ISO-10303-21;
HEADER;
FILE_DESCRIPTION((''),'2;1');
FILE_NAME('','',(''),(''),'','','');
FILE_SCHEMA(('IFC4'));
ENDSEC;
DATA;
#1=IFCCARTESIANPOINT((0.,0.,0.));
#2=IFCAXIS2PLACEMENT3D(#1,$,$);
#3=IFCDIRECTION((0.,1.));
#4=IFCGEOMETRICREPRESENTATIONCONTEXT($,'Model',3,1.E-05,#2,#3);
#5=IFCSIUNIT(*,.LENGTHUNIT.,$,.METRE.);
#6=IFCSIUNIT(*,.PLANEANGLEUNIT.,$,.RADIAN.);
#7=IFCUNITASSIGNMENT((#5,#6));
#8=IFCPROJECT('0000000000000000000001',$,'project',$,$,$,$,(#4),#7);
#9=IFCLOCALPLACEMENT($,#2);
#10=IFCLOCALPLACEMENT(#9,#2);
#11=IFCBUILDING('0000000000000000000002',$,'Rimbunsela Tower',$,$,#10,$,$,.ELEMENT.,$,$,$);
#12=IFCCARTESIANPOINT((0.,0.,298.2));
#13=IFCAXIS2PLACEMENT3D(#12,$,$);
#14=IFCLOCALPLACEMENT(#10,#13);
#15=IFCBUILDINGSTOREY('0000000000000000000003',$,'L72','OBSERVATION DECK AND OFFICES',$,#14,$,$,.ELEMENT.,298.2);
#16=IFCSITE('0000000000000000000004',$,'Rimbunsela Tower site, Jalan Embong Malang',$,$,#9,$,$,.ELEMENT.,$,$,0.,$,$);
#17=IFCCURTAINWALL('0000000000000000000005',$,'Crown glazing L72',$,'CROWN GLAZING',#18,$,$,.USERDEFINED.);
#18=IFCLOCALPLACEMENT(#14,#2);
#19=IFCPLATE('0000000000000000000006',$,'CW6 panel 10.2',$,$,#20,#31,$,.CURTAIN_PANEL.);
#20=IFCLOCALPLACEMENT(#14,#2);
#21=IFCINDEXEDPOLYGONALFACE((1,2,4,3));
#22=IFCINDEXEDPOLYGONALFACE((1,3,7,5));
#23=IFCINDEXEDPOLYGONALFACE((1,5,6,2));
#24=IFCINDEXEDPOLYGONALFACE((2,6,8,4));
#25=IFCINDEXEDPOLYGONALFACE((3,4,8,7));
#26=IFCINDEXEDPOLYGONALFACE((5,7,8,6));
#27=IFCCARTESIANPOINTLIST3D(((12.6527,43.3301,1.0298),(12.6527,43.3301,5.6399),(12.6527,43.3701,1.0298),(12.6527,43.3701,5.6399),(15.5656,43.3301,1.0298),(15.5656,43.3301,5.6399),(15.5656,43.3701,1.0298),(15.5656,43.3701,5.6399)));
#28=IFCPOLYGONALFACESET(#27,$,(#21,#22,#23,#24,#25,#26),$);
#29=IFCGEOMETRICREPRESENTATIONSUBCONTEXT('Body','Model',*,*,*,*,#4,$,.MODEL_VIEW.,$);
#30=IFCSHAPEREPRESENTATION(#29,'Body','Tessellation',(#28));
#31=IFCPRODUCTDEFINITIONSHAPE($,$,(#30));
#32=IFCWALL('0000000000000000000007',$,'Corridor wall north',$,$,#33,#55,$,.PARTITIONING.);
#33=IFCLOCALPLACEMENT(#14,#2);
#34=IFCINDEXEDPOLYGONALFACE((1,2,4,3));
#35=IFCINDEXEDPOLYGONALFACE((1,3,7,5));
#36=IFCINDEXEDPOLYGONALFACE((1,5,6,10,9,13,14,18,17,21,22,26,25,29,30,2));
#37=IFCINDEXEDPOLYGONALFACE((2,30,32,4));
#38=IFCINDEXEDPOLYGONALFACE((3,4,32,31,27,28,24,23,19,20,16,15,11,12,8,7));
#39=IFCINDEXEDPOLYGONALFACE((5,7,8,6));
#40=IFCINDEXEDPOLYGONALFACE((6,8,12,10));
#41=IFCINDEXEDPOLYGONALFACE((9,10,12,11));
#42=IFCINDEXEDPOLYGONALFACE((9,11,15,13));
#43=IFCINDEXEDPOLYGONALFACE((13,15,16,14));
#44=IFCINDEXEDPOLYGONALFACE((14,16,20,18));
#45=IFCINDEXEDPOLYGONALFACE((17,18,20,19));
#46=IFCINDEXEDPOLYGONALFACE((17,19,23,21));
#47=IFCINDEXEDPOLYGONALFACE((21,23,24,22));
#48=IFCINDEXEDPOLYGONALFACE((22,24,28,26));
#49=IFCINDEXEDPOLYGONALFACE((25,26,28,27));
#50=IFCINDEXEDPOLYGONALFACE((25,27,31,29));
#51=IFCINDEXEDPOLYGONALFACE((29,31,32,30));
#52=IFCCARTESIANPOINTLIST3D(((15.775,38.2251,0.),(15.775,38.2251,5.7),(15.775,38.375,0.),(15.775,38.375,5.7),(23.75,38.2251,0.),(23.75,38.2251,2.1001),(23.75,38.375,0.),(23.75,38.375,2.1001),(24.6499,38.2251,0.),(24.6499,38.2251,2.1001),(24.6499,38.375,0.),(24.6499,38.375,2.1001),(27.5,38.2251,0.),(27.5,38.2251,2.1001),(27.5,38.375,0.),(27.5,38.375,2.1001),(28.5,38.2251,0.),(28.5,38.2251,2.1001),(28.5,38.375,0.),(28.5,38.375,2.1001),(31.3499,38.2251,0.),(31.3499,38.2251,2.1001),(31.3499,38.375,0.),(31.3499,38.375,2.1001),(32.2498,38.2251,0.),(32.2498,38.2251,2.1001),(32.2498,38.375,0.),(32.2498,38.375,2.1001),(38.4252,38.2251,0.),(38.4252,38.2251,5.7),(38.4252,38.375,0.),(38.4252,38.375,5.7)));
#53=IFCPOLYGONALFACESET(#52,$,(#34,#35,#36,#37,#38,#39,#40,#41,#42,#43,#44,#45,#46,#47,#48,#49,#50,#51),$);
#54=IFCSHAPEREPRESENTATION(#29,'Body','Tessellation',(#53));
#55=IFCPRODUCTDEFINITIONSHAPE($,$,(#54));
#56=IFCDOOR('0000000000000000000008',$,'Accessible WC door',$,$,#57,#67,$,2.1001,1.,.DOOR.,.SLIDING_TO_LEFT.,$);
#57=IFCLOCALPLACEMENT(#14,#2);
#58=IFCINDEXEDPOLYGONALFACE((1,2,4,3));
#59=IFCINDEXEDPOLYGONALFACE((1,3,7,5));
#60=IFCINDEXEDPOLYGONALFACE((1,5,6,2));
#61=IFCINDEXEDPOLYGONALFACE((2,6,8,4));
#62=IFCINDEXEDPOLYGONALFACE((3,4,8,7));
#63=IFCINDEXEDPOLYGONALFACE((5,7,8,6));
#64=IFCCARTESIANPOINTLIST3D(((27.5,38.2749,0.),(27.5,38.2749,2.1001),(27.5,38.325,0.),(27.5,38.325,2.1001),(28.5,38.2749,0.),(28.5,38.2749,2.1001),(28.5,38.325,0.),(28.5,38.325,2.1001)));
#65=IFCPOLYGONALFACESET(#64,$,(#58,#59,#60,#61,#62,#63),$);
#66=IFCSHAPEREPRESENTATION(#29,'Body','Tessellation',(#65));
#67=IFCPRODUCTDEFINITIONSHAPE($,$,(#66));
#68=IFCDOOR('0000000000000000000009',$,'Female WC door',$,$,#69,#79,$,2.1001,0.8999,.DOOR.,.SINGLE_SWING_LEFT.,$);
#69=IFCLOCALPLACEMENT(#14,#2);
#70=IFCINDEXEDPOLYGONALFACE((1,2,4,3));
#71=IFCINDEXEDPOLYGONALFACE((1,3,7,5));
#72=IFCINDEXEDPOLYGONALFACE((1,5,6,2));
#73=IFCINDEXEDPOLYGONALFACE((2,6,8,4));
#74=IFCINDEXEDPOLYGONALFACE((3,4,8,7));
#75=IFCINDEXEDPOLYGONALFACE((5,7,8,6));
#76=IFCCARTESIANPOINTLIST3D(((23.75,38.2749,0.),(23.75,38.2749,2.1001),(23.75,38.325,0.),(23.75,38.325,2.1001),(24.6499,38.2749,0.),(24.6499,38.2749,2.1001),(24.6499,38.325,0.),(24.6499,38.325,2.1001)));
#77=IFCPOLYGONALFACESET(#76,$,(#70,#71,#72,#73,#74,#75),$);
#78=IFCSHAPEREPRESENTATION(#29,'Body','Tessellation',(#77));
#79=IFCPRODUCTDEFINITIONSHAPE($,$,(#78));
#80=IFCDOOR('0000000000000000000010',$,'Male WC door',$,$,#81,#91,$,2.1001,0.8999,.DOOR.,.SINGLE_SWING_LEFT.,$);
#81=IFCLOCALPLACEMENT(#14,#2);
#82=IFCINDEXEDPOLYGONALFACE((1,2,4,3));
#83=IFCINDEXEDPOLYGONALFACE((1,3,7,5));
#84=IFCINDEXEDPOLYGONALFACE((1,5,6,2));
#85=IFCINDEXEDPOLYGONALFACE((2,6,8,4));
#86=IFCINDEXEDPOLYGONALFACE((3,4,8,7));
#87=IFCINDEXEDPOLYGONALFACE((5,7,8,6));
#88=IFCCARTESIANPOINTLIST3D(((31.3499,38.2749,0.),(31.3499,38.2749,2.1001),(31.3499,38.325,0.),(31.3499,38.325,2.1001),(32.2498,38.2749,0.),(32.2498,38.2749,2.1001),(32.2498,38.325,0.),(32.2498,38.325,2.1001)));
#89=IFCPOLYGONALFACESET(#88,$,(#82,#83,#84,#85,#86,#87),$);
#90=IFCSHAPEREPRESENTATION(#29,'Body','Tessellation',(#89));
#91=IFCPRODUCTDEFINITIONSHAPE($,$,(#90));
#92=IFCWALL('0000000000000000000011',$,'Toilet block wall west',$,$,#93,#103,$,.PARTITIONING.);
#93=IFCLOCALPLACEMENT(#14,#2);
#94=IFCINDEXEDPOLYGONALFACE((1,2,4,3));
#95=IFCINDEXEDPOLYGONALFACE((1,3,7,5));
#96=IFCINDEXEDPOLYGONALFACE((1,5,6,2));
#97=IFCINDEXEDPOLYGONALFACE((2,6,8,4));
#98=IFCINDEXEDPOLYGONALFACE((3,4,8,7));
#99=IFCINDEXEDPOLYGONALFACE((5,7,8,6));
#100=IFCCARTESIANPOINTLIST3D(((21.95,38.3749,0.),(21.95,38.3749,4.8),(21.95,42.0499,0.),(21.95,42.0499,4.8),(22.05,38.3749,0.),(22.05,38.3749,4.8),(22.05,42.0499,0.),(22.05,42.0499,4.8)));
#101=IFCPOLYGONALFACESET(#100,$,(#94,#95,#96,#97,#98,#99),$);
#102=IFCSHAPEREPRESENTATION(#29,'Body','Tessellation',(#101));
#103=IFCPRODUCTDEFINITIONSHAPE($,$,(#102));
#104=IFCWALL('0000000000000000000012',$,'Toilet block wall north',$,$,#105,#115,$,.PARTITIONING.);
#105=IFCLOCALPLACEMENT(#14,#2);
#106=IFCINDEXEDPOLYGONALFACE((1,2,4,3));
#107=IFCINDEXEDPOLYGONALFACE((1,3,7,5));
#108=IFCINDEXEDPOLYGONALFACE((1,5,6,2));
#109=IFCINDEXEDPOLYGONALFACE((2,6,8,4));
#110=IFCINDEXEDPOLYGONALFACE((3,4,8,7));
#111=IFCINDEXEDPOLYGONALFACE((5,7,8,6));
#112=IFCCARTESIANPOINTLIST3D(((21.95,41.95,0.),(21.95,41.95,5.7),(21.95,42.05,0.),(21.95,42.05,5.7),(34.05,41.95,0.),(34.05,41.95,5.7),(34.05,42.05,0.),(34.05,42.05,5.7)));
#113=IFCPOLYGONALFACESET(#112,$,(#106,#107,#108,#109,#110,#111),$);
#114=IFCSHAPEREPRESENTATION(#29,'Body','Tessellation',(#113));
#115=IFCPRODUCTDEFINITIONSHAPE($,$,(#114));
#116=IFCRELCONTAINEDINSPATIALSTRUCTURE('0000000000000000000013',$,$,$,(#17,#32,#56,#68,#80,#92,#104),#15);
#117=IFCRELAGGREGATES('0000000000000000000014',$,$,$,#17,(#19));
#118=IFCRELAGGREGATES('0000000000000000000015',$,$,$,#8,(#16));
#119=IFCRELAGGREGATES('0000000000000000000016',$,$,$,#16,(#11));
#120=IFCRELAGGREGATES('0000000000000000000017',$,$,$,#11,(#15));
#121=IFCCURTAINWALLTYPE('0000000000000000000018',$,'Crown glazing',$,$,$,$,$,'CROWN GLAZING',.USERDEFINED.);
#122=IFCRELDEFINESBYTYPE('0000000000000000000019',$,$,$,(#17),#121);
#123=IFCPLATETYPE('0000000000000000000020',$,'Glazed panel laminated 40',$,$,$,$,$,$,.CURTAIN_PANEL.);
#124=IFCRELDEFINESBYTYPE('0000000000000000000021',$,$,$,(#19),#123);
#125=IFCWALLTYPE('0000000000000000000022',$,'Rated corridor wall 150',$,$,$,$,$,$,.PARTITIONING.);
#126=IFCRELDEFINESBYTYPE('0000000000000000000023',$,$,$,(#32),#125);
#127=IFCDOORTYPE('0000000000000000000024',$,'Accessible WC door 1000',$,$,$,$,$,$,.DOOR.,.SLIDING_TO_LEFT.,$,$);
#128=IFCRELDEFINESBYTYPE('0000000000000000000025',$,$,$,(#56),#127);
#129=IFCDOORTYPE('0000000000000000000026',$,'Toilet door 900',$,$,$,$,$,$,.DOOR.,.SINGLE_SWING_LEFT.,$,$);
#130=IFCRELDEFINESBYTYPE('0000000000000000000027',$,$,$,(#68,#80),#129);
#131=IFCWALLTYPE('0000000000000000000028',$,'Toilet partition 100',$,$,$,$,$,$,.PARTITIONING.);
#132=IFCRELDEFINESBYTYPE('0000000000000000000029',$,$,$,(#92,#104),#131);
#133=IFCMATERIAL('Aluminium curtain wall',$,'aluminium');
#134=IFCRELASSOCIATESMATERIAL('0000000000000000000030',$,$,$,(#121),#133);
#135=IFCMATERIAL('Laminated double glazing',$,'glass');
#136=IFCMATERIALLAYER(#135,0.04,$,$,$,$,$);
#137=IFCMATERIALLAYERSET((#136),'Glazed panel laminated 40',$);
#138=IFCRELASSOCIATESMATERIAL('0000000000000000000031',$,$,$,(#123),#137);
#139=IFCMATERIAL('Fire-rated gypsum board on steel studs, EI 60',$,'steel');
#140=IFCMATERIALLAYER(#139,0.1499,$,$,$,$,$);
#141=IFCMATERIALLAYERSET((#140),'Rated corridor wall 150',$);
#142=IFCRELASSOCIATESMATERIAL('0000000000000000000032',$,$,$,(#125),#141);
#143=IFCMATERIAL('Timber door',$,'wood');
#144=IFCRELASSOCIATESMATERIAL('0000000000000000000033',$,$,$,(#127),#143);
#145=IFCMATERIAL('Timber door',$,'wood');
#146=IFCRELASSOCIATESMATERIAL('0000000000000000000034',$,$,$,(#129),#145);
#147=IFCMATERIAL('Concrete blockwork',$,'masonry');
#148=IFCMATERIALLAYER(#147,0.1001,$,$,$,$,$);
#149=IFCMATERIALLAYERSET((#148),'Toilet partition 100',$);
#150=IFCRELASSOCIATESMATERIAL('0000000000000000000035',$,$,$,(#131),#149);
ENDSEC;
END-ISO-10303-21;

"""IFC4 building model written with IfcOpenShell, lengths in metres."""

from ifc_helpers import new_model, si_unit, direction, frame, frame_2d, origin, origin_2d, place, context, subcontext, project, spatial, rectangle, extrude, material, layer, layer_set, type_object, element, fill, aggregate, save


model = new_model("IFC4")

# Units and contexts
model_context = context("Model", 3, precision=1e-05, world=origin(), true_north=direction((0.0, 1.0)))
body_context = subcontext(model_context, "Body", "Model", "MODEL_VIEW")
ifc_project = project(units=[si_unit("LENGTHUNIT", "METRE"), si_unit("PLANEANGLEUNIT", "RADIAN")], contexts=[model_context])

# Site, building, storey
site_placement = place(None, origin())
site = spatial("IfcSite", under=ifc_project, at=site_placement, Name="Rimbunsela Tower site, Jalan Embong Malang", CompositionType="ELEMENT", RefElevation=0.0)
building_placement = place(site_placement, origin())
building = spatial("IfcBuilding", under=site, at=building_placement, Name="Rimbunsela Tower", CompositionType="ELEMENT")
storey_placement = place(building_placement, frame((0.0, 0.0, 298.2)))
storey = spatial("IfcBuildingStorey", under=building, at=storey_placement, Name="L72", Description="OBSERVATION DECK AND OFFICES", CompositionType="ELEMENT", Elevation=298.2)

# Curtain wall, plate
ifc_material_1 = material(Name="Aluminium curtain wall", Category="aluminium")
curtain_wall_type = type_object("IfcCurtainWallType", Name="Crown glazing", ElementType="CROWN GLAZING", PredefinedType="USERDEFINED", material=ifc_material_1)
curtain_wall_placement = place(storey_placement, origin())
curtain_wall = element("IfcCurtainWall", 1, at=curtain_wall_placement, inside=storey, type_object=curtain_wall_type, Name="Crown glazing L72", ObjectType="CROWN GLAZING", PredefinedType="USERDEFINED")
ifc_material_2 = material(Name="Laminated double glazing", Category="glass")
ifc_layer_1 = layer(ifc_material_2, 0.04)
ifc_layer_set_1 = layer_set([ifc_layer_1], Name="Glazed panel laminated 40")
plate_type = type_object("IfcPlateType", Name="Glazed panel laminated 40", PredefinedType="CURTAIN_PANEL", material=ifc_layer_set_1)
plate_1_placement = place(storey_placement, frame((14.1091, 43.3501, 1.0298), z_axis=(0.0, 0.0, 1.0), x_axis=(-1.0, 0.0, 0.0)))
plate_1 = element("IfcPlate", 2, at=plate_1_placement, type_object=plate_type, Name="CW6 panel 10.2", PredefinedType="CURTAIN_PANEL", context=body_context, shape_type="SweptSolid", body=[
    extrude(rectangle(XDim=2.9128, YDim=0.04, at=origin_2d()), origin(), (0.0, 0.0, 1.0), 4.6101),
])
aggregate(curtain_wall, [plate_1])

# Wall, openings, doors
ifc_material_3 = material(Name="Fire-rated gypsum board on steel studs, EI 60", Category="steel")
ifc_layer_2 = layer(ifc_material_3, 0.1499)
ifc_layer_set_2 = layer_set([ifc_layer_2], Name="Rated corridor wall 150")
wall_type_1 = type_object("IfcWallType", Name="Rated corridor wall 150", PredefinedType="PARTITIONING", material=ifc_layer_set_2)
wall_1_placement = place(storey_placement, frame((15.7749, 38.3, 0.0), z_axis=(0.0, 0.0, 1.0), x_axis=(1.0, 0.0, 0.0)))
wall_1 = element("IfcWall", 3, at=wall_1_placement, inside=storey, type_object=wall_type_1, Name="Corridor wall north", PredefinedType="PARTITIONING", context=body_context, shape_type="SweptSolid", body=[
    extrude(rectangle(XDim=22.6501, YDim=0.1499, at=frame_2d((11.3252, 0.0))), origin(), (0.0, 0.0, 1.0), 5.7),
])
opening_1_placement = place(wall_1_placement, frame((7.9751, 0.0, 0.0)))
opening_1 = element("IfcOpeningElement", 4, at=opening_1_placement, cuts=wall_1, PredefinedType="OPENING", context=body_context, shape_type="SweptSolid", body=[
    extrude(rectangle(XDim=0.8999, YDim=2.1001, at=frame_2d((0.45, 1.05))), frame((0.0, 0.085, 0.0), z_axis=(0.0, -1.0, 0.0), x_axis=(1.0, 0.0, 0.0)), (0.0, 0.0, 1.0), 0.1699),
])
opening_2_placement = place(wall_1_placement, frame((11.7251, 0.0, 0.0)))
opening_2 = element("IfcOpeningElement", 5, at=opening_2_placement, cuts=wall_1, PredefinedType="OPENING", context=body_context, shape_type="SweptSolid", body=[
    extrude(rectangle(XDim=1.0, YDim=2.1001, at=frame_2d((0.5, 1.05))), frame((0.0, 0.085, 0.0), z_axis=(0.0, -1.0, 0.0), x_axis=(1.0, 0.0, 0.0)), (0.0, 0.0, 1.0), 0.1699),
])
opening_3_placement = place(wall_1_placement, frame((15.575, 0.0, 0.0)))
opening_3 = element("IfcOpeningElement", 6, at=opening_3_placement, cuts=wall_1, PredefinedType="OPENING", context=body_context, shape_type="SweptSolid", body=[
    extrude(rectangle(XDim=0.8999, YDim=2.1001, at=frame_2d((0.45, 1.05))), frame((0.0, 0.085, 0.0), z_axis=(0.0, -1.0, 0.0), x_axis=(1.0, 0.0, 0.0)), (0.0, 0.0, 1.0), 0.1699),
])
ifc_material_4 = material(Name="Timber door", Category="wood")
door_type_1 = type_object("IfcDoorType", Name="Accessible WC door 1000", OperationType="SLIDING_TO_LEFT", PredefinedType="DOOR", material=ifc_material_4)
door_1_placement = place(opening_2_placement, origin())
door_1 = element("IfcDoor", 7, at=door_1_placement, inside=storey, type_object=door_type_1, Name="Accessible WC door", OperationType="SLIDING_TO_LEFT", OverallHeight=2.1001, OverallWidth=1.0, PredefinedType="DOOR", context=body_context, shape_type="SweptSolid", body=[
    extrude(rectangle(XDim=1.0, YDim=2.1001, at=frame_2d((0.5, 1.05))), frame((0.0, 0.0249, 0.0), z_axis=(0.0, -1.0, 0.0), x_axis=(1.0, 0.0, 0.0)), (0.0, 0.0, 1.0), 0.05),
])
fill(opening_2, door_1)
ifc_material_5 = material(Name="Timber door", Category="wood")
door_type_2 = type_object("IfcDoorType", Name="Toilet door 900", OperationType="SINGLE_SWING_LEFT", PredefinedType="DOOR", material=ifc_material_5)
door_2_placement = place(opening_1_placement, origin())
door_2 = element("IfcDoor", 8, at=door_2_placement, inside=storey, type_object=door_type_2, Name="Female WC door", OperationType="SINGLE_SWING_LEFT", OverallHeight=2.1001, OverallWidth=0.8999, PredefinedType="DOOR", context=body_context, shape_type="SweptSolid", body=[
    extrude(rectangle(XDim=0.8999, YDim=2.1001, at=frame_2d((0.45, 1.05))), frame((0.0, 0.0249, 0.0), z_axis=(0.0, -1.0, 0.0), x_axis=(1.0, 0.0, 0.0)), (0.0, 0.0, 1.0), 0.05),
])
fill(opening_1, door_2)
door_3_placement = place(opening_3_placement, origin())
door_3 = element("IfcDoor", 9, at=door_3_placement, inside=storey, type_object=door_type_2, Name="Male WC door", OperationType="SINGLE_SWING_LEFT", OverallHeight=2.1001, OverallWidth=0.8999, PredefinedType="DOOR", context=body_context, shape_type="SweptSolid", body=[
    extrude(rectangle(XDim=0.8999, YDim=2.1001, at=frame_2d((0.45, 1.05))), frame((0.0, 0.0249, 0.0), z_axis=(0.0, -1.0, 0.0), x_axis=(1.0, 0.0, 0.0)), (0.0, 0.0, 1.0), 0.05),
])
fill(opening_3, door_3)

# Walls
ifc_material_6 = material(Name="Concrete blockwork", Category="masonry")
ifc_layer_3 = layer(ifc_material_6, 0.1001)
ifc_layer_set_3 = layer_set([ifc_layer_3], Name="Toilet partition 100")
wall_type_2 = type_object("IfcWallType", Name="Toilet partition 100", PredefinedType="PARTITIONING", material=ifc_layer_set_3)
wall_2_placement = place(storey_placement, frame((22.0, 38.375, 0.0), z_axis=(0.0, 0.0, 1.0), x_axis=(0.0, 1.0, 0.0)))
element("IfcWall", 10, at=wall_2_placement, inside=storey, type_object=wall_type_2, Name="Toilet block wall west", PredefinedType="PARTITIONING", context=body_context, shape_type="SweptSolid", body=[
    extrude(rectangle(XDim=3.675, YDim=0.1001, at=frame_2d((1.8374, 0.0))), origin(), (0.0, 0.0, 1.0), 4.8),
])
wall_3_placement = place(storey_placement, frame((21.95, 42.0, 0.0), z_axis=(0.0, 0.0, 1.0), x_axis=(1.0, 0.0, 0.0)))
element("IfcWall", 11, at=wall_3_placement, inside=storey, type_object=wall_type_2, Name="Toilet block wall north", PredefinedType="PARTITIONING", context=body_context, shape_type="SweptSolid", body=[
    extrude(rectangle(XDim=12.1001, YDim=0.1001, at=frame_2d((6.05, 0.0))), origin(), (0.0, 0.0, 1.0), 5.7),
])

save(model, "model.ifc")
